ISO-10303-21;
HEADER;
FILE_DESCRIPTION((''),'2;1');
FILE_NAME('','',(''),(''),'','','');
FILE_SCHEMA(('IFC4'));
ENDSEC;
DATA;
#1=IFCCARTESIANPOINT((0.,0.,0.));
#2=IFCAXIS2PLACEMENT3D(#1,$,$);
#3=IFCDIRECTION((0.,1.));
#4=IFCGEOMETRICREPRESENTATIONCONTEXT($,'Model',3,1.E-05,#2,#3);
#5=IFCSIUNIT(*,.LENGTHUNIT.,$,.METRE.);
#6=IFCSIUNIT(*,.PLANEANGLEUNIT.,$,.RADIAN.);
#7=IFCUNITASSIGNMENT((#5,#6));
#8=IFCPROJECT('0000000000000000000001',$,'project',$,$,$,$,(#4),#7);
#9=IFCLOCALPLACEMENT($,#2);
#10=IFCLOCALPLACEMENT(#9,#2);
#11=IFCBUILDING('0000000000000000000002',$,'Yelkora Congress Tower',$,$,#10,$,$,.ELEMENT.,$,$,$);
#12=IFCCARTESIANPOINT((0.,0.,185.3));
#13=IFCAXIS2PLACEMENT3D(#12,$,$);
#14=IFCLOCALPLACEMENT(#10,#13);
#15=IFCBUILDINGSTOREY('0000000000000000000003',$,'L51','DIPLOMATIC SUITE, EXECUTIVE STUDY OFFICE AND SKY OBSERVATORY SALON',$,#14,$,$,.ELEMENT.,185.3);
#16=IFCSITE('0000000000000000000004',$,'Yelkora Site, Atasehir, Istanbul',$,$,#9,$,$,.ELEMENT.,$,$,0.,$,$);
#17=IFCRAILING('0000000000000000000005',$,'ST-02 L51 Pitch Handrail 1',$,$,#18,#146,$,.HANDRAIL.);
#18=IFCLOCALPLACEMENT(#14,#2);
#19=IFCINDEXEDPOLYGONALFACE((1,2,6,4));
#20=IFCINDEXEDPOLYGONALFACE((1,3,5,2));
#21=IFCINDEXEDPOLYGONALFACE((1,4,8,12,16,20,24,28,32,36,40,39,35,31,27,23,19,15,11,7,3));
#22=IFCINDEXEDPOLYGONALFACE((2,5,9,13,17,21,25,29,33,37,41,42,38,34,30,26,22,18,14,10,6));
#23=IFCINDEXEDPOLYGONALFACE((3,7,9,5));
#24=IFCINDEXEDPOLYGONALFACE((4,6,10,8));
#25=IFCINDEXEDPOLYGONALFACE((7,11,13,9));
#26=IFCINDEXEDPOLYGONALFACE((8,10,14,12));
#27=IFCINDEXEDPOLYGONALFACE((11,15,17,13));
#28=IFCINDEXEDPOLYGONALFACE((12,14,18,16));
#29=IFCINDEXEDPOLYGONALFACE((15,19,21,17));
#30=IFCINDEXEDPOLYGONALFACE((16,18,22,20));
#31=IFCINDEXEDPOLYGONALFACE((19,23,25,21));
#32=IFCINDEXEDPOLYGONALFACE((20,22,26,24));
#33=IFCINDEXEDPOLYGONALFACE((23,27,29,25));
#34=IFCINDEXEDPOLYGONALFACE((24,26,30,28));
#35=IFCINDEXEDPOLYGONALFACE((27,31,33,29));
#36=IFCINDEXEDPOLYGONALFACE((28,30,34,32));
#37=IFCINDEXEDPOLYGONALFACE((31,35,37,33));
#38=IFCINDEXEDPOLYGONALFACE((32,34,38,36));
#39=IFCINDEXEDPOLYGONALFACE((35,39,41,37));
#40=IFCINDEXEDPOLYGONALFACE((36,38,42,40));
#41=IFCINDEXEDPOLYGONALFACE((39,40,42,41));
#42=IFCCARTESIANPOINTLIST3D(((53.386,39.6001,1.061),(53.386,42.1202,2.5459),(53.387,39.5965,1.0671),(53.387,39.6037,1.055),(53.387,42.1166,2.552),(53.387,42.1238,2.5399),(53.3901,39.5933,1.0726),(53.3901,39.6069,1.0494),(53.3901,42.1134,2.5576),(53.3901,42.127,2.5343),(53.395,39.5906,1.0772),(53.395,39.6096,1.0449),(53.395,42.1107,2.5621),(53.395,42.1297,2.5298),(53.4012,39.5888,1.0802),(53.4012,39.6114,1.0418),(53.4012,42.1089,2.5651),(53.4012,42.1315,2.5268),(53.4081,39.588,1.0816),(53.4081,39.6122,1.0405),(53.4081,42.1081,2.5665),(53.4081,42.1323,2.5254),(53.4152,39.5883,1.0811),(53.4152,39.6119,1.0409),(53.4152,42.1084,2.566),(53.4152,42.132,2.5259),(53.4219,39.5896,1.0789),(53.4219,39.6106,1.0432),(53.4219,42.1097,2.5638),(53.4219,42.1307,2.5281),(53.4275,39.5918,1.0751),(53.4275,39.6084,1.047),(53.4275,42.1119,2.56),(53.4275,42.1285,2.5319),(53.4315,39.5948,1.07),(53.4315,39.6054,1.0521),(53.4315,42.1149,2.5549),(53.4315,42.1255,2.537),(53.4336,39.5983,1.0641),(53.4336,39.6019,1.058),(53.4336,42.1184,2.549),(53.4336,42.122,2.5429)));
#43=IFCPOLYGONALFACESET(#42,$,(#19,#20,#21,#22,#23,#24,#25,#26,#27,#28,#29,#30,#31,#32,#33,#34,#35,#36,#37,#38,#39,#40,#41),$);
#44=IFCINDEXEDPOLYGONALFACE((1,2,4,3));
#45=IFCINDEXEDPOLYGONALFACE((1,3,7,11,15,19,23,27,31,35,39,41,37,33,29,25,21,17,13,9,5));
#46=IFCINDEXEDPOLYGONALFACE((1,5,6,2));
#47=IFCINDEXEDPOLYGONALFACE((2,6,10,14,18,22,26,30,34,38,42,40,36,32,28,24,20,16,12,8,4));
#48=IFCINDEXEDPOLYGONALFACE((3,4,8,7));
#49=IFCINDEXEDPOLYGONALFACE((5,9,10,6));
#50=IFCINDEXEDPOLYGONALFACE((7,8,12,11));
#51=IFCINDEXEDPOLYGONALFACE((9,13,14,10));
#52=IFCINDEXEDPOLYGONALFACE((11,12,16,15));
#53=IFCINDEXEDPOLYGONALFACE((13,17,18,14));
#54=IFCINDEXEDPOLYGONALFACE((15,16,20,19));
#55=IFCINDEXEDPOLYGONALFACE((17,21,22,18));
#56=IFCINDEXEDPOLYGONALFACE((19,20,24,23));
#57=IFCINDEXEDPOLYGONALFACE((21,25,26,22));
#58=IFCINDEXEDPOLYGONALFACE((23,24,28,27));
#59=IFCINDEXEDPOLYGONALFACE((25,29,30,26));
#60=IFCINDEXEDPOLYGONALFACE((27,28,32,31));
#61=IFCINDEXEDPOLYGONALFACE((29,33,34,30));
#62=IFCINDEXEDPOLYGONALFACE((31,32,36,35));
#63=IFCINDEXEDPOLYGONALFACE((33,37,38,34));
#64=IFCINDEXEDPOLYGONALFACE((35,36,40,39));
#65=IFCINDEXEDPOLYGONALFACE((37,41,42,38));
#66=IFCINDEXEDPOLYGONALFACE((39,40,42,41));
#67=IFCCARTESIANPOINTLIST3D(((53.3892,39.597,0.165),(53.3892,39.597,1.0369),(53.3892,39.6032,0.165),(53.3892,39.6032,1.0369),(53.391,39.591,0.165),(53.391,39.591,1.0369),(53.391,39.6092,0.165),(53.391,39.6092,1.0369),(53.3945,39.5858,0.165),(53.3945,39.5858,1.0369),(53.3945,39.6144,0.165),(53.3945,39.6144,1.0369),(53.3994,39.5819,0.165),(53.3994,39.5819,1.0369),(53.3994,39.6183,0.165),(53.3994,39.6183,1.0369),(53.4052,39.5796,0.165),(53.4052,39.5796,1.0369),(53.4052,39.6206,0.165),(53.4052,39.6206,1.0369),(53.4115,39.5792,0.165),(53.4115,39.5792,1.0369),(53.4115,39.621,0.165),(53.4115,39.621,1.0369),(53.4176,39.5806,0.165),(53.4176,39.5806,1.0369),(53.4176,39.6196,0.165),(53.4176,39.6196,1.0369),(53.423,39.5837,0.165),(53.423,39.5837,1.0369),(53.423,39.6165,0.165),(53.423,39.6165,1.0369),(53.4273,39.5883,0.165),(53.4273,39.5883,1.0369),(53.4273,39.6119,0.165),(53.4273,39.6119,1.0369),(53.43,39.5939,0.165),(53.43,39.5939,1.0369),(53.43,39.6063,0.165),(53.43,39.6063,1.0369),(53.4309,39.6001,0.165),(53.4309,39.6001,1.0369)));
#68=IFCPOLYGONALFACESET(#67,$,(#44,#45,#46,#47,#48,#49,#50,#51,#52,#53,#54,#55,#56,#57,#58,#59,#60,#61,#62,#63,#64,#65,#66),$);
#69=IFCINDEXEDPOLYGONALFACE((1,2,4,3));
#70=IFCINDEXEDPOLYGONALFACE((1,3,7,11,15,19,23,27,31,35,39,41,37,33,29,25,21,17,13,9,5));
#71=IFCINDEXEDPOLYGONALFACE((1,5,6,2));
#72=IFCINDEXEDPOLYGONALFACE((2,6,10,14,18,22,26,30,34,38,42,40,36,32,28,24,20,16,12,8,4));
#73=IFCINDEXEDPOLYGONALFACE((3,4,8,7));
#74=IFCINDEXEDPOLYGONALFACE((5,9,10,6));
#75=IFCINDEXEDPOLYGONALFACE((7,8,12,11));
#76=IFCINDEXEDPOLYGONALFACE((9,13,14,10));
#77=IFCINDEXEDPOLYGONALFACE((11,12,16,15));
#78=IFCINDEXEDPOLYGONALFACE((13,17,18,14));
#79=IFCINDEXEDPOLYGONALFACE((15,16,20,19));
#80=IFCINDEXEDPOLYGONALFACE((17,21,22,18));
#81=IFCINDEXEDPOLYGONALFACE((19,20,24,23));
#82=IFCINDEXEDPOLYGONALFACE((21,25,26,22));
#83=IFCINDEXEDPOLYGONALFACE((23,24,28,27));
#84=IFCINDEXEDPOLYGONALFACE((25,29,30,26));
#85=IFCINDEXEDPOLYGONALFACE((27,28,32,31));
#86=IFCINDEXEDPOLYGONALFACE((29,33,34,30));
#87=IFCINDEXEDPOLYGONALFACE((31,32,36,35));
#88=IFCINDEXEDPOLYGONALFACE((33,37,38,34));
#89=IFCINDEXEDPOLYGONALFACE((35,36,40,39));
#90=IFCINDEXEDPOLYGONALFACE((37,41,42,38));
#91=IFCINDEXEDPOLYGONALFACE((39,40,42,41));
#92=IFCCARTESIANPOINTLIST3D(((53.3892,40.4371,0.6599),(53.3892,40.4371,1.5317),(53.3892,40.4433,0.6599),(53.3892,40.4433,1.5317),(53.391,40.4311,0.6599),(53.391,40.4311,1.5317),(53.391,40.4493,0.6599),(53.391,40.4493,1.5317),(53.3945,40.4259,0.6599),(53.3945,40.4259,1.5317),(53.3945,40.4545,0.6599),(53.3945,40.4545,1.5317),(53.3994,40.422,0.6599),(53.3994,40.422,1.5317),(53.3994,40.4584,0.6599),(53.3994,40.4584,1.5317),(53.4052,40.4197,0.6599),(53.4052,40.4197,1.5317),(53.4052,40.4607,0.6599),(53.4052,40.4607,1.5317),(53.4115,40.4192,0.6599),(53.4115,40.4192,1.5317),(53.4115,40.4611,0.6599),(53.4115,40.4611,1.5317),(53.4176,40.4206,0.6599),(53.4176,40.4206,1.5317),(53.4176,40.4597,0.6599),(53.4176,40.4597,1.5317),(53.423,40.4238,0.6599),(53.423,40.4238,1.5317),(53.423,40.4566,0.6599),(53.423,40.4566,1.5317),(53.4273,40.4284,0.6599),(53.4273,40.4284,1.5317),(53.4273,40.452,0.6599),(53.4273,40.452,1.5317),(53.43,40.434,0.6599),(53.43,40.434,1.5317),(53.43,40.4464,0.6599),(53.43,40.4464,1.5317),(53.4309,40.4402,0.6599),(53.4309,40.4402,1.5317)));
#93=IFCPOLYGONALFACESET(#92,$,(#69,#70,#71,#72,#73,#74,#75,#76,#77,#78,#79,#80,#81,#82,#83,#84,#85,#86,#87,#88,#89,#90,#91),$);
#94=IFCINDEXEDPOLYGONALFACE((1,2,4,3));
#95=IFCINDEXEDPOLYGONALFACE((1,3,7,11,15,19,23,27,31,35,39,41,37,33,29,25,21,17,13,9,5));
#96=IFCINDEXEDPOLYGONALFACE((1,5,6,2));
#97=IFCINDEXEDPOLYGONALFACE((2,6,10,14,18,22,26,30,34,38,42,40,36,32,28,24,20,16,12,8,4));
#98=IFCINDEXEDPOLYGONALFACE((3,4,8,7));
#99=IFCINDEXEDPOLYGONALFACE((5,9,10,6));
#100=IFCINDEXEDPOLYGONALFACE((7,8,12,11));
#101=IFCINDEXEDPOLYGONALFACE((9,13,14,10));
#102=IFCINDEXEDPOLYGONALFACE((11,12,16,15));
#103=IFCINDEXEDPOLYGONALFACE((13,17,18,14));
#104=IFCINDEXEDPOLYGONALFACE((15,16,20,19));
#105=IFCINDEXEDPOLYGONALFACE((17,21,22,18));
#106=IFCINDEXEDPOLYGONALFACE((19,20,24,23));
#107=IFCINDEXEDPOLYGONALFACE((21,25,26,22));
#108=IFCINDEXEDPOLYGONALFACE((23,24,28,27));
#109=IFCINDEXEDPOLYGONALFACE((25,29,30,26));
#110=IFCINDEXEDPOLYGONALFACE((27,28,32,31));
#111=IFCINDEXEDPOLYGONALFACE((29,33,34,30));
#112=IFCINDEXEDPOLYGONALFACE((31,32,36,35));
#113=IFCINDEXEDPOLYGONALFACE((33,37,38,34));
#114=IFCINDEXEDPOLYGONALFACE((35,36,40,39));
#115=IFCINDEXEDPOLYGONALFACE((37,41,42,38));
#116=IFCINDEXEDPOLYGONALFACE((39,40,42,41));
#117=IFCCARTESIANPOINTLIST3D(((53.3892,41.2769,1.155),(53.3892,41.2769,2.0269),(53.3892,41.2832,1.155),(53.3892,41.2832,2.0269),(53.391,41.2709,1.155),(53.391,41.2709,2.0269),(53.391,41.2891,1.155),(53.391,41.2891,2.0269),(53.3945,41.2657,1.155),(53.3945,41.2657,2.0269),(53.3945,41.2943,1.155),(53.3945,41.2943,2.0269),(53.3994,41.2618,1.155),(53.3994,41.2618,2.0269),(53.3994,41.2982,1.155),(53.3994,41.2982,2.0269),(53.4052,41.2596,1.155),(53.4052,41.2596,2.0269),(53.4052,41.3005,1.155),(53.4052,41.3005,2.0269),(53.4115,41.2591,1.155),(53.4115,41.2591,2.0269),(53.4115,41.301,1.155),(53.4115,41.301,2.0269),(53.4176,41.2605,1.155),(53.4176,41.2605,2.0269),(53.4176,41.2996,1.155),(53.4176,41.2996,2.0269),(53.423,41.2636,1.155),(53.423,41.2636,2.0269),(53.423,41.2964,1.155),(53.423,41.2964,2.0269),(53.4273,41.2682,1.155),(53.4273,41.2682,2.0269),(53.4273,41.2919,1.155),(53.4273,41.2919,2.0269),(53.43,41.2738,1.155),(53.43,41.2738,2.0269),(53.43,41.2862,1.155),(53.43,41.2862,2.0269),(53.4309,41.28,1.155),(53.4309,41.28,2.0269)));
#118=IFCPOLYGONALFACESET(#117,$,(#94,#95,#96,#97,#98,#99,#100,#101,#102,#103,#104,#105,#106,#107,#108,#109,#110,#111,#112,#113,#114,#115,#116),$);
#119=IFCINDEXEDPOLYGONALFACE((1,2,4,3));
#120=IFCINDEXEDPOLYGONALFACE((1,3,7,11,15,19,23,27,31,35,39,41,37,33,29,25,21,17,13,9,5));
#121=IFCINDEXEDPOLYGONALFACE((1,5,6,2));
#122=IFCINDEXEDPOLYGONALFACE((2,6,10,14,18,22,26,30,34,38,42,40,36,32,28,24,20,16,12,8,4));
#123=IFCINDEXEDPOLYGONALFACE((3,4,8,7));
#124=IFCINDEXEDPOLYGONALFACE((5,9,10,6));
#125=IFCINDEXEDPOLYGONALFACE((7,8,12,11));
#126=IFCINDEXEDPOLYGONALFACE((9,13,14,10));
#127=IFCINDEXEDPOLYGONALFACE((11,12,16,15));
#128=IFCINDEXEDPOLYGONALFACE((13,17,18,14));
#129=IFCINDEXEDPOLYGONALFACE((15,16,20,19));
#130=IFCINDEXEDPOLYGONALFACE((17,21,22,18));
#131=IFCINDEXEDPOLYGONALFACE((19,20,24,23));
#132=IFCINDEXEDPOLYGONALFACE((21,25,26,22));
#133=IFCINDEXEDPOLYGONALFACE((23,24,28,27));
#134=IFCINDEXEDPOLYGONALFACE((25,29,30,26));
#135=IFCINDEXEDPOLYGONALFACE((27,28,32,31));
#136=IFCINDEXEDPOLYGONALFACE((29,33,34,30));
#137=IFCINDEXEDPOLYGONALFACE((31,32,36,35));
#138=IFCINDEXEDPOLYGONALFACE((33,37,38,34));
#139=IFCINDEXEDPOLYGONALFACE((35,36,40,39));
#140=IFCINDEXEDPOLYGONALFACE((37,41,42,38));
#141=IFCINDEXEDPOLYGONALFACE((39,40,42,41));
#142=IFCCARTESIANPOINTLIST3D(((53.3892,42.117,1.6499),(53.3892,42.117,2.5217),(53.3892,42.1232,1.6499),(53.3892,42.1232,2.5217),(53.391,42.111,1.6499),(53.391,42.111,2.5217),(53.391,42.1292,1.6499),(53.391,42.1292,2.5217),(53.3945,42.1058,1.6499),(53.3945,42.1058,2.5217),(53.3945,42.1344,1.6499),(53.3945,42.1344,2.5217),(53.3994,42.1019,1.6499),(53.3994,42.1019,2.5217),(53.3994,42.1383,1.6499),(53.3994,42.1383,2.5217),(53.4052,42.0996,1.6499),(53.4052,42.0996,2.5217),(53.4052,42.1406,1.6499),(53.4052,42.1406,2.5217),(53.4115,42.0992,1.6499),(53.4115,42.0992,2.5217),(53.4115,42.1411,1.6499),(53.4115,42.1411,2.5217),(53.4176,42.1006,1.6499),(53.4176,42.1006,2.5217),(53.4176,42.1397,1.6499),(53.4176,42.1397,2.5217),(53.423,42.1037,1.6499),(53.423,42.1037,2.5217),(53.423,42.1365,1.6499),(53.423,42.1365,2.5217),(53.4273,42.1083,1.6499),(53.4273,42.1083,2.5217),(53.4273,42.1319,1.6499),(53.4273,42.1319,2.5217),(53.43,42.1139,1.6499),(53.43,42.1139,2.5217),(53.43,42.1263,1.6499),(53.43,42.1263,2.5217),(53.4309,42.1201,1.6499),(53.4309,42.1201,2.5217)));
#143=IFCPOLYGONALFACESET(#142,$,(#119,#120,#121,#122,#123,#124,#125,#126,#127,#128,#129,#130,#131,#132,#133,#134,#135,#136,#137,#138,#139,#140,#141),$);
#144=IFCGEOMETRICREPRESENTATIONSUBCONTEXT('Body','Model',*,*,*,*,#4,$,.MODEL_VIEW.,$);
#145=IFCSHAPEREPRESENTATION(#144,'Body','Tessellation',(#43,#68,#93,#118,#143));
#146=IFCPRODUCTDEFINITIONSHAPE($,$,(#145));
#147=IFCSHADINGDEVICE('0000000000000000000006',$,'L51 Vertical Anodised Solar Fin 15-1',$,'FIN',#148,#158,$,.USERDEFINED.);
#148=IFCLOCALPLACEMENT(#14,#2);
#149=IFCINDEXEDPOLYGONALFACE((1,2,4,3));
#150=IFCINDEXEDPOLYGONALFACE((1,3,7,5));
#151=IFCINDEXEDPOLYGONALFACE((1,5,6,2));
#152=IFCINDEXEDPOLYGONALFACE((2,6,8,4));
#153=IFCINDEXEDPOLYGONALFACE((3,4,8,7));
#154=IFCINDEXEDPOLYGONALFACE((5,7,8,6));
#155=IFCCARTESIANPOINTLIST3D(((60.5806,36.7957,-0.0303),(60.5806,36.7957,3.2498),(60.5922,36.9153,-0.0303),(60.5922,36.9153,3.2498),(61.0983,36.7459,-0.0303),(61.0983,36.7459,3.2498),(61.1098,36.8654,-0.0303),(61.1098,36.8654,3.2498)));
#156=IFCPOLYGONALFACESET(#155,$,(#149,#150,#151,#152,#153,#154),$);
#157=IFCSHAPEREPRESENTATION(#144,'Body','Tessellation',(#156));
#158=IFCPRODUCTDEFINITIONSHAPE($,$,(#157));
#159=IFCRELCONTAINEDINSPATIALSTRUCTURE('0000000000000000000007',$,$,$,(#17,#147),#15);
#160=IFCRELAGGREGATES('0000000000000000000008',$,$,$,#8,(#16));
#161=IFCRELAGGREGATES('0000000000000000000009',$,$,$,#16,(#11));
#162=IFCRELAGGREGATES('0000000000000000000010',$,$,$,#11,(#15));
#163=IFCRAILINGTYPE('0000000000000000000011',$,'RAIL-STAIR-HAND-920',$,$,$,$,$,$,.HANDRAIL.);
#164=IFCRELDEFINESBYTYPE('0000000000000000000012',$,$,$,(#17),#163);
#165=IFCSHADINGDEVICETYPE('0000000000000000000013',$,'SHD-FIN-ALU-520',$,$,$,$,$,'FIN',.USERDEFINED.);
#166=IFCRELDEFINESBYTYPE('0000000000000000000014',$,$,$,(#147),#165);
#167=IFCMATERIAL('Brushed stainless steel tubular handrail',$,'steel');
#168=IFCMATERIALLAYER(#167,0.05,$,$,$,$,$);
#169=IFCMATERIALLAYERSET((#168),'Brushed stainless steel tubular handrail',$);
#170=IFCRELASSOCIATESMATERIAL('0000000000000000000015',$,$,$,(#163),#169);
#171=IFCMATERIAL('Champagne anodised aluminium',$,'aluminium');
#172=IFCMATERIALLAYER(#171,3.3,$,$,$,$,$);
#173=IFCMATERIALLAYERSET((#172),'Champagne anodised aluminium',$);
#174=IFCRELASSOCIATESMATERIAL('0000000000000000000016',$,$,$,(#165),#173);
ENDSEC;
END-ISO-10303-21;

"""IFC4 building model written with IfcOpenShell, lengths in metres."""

from ifc_helpers import new_model, si_unit, direction, frame, origin, origin_2d, place, context, subcontext, project, spatial, rectangle, circle, extrude, material, layer, layer_set, type_object, element, save


model = new_model("IFC4")

# Units and contexts
model_context = context("Model", 3, precision=1e-05, world=origin(), true_north=direction((0.0, 1.0)))
body_context = subcontext(model_context, "Body", "Model", "MODEL_VIEW")
ifc_project = project(units=[si_unit("LENGTHUNIT", "METRE"), si_unit("PLANEANGLEUNIT", "RADIAN")], contexts=[model_context])

# Site, building, storey
site_placement = place(None, origin())
site = spatial("IfcSite", under=ifc_project, at=site_placement, Name="Yelkora Site, Atasehir, Istanbul", CompositionType="ELEMENT", RefElevation=0.0)
building_placement = place(site_placement, origin())
building = spatial("IfcBuilding", under=site, at=building_placement, Name="Yelkora Congress Tower", CompositionType="ELEMENT")
storey_placement = place(building_placement, frame((0.0, 0.0, 185.3)))
storey = spatial("IfcBuildingStorey", under=building, at=storey_placement, Name="L51", Description="DIPLOMATIC SUITE, EXECUTIVE STUDY OFFICE AND SKY OBSERVATORY SALON", CompositionType="ELEMENT", Elevation=185.3)

# Railing
ifc_material_1 = material(Name="Brushed stainless steel tubular handrail", Category="steel")
ifc_layer_1 = layer(ifc_material_1, 0.05)
ifc_layer_set_1 = layer_set([ifc_layer_1], Name="Brushed stainless steel tubular handrail")
railing_type_1 = type_object("IfcRailingType", Name="RAIL-STAIR-HAND-920", PredefinedType="HANDRAIL", material=ifc_layer_set_1)
railing_1_placement = place(storey_placement, frame((53.4099, 39.6001, 0.165)))
element("IfcRailing", 1, at=railing_1_placement, inside=storey, type_object=railing_type_1, Name="ST-02 L51 Pitch Handrail 1", PredefinedType="HANDRAIL", context=body_context, shape_type="SweptSolid", body=[
    extrude(circle(Radius=0.0239, at=origin_2d()), frame((0.0, 0.0, 0.896), z_axis=(0.0, 0.861561, 0.507655), x_axis=(-1.0, 0.0, 0.0)), (0.0, 0.0, 1.0), 2.925),
    extrude(circle(Radius=0.021, at=origin_2d()), origin(), (0.0, 0.0, 1.0), 0.8718),
    extrude(circle(Radius=0.021, at=origin_2d()), frame((0.0, 0.8401, 0.4949)), (0.0, 0.0, 1.0), 0.8718),
    extrude(circle(Radius=0.021, at=origin_2d()), frame((0.0, 1.6799, 0.99)), (0.0, 0.0, 1.0), 0.8718),
    extrude(circle(Radius=0.021, at=origin_2d()), frame((0.0, 2.52, 1.4849)), (0.0, 0.0, 1.0), 0.8718),
])

# Shading device
ifc_material_2 = material(Name="Champagne anodised aluminium", Category="aluminium")
ifc_layer_2 = layer(ifc_material_2, 3.3)
ifc_layer_set_2 = layer_set([ifc_layer_2], Name="Champagne anodised aluminium")
shading_device_type = type_object("IfcShadingDeviceType", Name="SHD-FIN-ALU-520", ElementType="FIN", PredefinedType="USERDEFINED", material=ifc_layer_set_2)
shading_device_placement = place(storey_placement, frame((60.8452, 36.8306, -0.0303), z_axis=(0.0, 0.0, 1.0), x_axis=(-0.095846, -0.995396, 0.0)))
element("IfcShadingDevice", 2, at=shading_device_placement, inside=storey, type_object=shading_device_type, Name="L51 Vertical Anodised Solar Fin 15-1", ObjectType="FIN", PredefinedType="USERDEFINED", context=body_context, shape_type="SweptSolid", body=[
    extrude(rectangle(XDim=0.1201, YDim=0.52, at=origin_2d()), origin(), (0.0, 0.0, 1.0), 3.28),
])

save(model, "model.ifc")
